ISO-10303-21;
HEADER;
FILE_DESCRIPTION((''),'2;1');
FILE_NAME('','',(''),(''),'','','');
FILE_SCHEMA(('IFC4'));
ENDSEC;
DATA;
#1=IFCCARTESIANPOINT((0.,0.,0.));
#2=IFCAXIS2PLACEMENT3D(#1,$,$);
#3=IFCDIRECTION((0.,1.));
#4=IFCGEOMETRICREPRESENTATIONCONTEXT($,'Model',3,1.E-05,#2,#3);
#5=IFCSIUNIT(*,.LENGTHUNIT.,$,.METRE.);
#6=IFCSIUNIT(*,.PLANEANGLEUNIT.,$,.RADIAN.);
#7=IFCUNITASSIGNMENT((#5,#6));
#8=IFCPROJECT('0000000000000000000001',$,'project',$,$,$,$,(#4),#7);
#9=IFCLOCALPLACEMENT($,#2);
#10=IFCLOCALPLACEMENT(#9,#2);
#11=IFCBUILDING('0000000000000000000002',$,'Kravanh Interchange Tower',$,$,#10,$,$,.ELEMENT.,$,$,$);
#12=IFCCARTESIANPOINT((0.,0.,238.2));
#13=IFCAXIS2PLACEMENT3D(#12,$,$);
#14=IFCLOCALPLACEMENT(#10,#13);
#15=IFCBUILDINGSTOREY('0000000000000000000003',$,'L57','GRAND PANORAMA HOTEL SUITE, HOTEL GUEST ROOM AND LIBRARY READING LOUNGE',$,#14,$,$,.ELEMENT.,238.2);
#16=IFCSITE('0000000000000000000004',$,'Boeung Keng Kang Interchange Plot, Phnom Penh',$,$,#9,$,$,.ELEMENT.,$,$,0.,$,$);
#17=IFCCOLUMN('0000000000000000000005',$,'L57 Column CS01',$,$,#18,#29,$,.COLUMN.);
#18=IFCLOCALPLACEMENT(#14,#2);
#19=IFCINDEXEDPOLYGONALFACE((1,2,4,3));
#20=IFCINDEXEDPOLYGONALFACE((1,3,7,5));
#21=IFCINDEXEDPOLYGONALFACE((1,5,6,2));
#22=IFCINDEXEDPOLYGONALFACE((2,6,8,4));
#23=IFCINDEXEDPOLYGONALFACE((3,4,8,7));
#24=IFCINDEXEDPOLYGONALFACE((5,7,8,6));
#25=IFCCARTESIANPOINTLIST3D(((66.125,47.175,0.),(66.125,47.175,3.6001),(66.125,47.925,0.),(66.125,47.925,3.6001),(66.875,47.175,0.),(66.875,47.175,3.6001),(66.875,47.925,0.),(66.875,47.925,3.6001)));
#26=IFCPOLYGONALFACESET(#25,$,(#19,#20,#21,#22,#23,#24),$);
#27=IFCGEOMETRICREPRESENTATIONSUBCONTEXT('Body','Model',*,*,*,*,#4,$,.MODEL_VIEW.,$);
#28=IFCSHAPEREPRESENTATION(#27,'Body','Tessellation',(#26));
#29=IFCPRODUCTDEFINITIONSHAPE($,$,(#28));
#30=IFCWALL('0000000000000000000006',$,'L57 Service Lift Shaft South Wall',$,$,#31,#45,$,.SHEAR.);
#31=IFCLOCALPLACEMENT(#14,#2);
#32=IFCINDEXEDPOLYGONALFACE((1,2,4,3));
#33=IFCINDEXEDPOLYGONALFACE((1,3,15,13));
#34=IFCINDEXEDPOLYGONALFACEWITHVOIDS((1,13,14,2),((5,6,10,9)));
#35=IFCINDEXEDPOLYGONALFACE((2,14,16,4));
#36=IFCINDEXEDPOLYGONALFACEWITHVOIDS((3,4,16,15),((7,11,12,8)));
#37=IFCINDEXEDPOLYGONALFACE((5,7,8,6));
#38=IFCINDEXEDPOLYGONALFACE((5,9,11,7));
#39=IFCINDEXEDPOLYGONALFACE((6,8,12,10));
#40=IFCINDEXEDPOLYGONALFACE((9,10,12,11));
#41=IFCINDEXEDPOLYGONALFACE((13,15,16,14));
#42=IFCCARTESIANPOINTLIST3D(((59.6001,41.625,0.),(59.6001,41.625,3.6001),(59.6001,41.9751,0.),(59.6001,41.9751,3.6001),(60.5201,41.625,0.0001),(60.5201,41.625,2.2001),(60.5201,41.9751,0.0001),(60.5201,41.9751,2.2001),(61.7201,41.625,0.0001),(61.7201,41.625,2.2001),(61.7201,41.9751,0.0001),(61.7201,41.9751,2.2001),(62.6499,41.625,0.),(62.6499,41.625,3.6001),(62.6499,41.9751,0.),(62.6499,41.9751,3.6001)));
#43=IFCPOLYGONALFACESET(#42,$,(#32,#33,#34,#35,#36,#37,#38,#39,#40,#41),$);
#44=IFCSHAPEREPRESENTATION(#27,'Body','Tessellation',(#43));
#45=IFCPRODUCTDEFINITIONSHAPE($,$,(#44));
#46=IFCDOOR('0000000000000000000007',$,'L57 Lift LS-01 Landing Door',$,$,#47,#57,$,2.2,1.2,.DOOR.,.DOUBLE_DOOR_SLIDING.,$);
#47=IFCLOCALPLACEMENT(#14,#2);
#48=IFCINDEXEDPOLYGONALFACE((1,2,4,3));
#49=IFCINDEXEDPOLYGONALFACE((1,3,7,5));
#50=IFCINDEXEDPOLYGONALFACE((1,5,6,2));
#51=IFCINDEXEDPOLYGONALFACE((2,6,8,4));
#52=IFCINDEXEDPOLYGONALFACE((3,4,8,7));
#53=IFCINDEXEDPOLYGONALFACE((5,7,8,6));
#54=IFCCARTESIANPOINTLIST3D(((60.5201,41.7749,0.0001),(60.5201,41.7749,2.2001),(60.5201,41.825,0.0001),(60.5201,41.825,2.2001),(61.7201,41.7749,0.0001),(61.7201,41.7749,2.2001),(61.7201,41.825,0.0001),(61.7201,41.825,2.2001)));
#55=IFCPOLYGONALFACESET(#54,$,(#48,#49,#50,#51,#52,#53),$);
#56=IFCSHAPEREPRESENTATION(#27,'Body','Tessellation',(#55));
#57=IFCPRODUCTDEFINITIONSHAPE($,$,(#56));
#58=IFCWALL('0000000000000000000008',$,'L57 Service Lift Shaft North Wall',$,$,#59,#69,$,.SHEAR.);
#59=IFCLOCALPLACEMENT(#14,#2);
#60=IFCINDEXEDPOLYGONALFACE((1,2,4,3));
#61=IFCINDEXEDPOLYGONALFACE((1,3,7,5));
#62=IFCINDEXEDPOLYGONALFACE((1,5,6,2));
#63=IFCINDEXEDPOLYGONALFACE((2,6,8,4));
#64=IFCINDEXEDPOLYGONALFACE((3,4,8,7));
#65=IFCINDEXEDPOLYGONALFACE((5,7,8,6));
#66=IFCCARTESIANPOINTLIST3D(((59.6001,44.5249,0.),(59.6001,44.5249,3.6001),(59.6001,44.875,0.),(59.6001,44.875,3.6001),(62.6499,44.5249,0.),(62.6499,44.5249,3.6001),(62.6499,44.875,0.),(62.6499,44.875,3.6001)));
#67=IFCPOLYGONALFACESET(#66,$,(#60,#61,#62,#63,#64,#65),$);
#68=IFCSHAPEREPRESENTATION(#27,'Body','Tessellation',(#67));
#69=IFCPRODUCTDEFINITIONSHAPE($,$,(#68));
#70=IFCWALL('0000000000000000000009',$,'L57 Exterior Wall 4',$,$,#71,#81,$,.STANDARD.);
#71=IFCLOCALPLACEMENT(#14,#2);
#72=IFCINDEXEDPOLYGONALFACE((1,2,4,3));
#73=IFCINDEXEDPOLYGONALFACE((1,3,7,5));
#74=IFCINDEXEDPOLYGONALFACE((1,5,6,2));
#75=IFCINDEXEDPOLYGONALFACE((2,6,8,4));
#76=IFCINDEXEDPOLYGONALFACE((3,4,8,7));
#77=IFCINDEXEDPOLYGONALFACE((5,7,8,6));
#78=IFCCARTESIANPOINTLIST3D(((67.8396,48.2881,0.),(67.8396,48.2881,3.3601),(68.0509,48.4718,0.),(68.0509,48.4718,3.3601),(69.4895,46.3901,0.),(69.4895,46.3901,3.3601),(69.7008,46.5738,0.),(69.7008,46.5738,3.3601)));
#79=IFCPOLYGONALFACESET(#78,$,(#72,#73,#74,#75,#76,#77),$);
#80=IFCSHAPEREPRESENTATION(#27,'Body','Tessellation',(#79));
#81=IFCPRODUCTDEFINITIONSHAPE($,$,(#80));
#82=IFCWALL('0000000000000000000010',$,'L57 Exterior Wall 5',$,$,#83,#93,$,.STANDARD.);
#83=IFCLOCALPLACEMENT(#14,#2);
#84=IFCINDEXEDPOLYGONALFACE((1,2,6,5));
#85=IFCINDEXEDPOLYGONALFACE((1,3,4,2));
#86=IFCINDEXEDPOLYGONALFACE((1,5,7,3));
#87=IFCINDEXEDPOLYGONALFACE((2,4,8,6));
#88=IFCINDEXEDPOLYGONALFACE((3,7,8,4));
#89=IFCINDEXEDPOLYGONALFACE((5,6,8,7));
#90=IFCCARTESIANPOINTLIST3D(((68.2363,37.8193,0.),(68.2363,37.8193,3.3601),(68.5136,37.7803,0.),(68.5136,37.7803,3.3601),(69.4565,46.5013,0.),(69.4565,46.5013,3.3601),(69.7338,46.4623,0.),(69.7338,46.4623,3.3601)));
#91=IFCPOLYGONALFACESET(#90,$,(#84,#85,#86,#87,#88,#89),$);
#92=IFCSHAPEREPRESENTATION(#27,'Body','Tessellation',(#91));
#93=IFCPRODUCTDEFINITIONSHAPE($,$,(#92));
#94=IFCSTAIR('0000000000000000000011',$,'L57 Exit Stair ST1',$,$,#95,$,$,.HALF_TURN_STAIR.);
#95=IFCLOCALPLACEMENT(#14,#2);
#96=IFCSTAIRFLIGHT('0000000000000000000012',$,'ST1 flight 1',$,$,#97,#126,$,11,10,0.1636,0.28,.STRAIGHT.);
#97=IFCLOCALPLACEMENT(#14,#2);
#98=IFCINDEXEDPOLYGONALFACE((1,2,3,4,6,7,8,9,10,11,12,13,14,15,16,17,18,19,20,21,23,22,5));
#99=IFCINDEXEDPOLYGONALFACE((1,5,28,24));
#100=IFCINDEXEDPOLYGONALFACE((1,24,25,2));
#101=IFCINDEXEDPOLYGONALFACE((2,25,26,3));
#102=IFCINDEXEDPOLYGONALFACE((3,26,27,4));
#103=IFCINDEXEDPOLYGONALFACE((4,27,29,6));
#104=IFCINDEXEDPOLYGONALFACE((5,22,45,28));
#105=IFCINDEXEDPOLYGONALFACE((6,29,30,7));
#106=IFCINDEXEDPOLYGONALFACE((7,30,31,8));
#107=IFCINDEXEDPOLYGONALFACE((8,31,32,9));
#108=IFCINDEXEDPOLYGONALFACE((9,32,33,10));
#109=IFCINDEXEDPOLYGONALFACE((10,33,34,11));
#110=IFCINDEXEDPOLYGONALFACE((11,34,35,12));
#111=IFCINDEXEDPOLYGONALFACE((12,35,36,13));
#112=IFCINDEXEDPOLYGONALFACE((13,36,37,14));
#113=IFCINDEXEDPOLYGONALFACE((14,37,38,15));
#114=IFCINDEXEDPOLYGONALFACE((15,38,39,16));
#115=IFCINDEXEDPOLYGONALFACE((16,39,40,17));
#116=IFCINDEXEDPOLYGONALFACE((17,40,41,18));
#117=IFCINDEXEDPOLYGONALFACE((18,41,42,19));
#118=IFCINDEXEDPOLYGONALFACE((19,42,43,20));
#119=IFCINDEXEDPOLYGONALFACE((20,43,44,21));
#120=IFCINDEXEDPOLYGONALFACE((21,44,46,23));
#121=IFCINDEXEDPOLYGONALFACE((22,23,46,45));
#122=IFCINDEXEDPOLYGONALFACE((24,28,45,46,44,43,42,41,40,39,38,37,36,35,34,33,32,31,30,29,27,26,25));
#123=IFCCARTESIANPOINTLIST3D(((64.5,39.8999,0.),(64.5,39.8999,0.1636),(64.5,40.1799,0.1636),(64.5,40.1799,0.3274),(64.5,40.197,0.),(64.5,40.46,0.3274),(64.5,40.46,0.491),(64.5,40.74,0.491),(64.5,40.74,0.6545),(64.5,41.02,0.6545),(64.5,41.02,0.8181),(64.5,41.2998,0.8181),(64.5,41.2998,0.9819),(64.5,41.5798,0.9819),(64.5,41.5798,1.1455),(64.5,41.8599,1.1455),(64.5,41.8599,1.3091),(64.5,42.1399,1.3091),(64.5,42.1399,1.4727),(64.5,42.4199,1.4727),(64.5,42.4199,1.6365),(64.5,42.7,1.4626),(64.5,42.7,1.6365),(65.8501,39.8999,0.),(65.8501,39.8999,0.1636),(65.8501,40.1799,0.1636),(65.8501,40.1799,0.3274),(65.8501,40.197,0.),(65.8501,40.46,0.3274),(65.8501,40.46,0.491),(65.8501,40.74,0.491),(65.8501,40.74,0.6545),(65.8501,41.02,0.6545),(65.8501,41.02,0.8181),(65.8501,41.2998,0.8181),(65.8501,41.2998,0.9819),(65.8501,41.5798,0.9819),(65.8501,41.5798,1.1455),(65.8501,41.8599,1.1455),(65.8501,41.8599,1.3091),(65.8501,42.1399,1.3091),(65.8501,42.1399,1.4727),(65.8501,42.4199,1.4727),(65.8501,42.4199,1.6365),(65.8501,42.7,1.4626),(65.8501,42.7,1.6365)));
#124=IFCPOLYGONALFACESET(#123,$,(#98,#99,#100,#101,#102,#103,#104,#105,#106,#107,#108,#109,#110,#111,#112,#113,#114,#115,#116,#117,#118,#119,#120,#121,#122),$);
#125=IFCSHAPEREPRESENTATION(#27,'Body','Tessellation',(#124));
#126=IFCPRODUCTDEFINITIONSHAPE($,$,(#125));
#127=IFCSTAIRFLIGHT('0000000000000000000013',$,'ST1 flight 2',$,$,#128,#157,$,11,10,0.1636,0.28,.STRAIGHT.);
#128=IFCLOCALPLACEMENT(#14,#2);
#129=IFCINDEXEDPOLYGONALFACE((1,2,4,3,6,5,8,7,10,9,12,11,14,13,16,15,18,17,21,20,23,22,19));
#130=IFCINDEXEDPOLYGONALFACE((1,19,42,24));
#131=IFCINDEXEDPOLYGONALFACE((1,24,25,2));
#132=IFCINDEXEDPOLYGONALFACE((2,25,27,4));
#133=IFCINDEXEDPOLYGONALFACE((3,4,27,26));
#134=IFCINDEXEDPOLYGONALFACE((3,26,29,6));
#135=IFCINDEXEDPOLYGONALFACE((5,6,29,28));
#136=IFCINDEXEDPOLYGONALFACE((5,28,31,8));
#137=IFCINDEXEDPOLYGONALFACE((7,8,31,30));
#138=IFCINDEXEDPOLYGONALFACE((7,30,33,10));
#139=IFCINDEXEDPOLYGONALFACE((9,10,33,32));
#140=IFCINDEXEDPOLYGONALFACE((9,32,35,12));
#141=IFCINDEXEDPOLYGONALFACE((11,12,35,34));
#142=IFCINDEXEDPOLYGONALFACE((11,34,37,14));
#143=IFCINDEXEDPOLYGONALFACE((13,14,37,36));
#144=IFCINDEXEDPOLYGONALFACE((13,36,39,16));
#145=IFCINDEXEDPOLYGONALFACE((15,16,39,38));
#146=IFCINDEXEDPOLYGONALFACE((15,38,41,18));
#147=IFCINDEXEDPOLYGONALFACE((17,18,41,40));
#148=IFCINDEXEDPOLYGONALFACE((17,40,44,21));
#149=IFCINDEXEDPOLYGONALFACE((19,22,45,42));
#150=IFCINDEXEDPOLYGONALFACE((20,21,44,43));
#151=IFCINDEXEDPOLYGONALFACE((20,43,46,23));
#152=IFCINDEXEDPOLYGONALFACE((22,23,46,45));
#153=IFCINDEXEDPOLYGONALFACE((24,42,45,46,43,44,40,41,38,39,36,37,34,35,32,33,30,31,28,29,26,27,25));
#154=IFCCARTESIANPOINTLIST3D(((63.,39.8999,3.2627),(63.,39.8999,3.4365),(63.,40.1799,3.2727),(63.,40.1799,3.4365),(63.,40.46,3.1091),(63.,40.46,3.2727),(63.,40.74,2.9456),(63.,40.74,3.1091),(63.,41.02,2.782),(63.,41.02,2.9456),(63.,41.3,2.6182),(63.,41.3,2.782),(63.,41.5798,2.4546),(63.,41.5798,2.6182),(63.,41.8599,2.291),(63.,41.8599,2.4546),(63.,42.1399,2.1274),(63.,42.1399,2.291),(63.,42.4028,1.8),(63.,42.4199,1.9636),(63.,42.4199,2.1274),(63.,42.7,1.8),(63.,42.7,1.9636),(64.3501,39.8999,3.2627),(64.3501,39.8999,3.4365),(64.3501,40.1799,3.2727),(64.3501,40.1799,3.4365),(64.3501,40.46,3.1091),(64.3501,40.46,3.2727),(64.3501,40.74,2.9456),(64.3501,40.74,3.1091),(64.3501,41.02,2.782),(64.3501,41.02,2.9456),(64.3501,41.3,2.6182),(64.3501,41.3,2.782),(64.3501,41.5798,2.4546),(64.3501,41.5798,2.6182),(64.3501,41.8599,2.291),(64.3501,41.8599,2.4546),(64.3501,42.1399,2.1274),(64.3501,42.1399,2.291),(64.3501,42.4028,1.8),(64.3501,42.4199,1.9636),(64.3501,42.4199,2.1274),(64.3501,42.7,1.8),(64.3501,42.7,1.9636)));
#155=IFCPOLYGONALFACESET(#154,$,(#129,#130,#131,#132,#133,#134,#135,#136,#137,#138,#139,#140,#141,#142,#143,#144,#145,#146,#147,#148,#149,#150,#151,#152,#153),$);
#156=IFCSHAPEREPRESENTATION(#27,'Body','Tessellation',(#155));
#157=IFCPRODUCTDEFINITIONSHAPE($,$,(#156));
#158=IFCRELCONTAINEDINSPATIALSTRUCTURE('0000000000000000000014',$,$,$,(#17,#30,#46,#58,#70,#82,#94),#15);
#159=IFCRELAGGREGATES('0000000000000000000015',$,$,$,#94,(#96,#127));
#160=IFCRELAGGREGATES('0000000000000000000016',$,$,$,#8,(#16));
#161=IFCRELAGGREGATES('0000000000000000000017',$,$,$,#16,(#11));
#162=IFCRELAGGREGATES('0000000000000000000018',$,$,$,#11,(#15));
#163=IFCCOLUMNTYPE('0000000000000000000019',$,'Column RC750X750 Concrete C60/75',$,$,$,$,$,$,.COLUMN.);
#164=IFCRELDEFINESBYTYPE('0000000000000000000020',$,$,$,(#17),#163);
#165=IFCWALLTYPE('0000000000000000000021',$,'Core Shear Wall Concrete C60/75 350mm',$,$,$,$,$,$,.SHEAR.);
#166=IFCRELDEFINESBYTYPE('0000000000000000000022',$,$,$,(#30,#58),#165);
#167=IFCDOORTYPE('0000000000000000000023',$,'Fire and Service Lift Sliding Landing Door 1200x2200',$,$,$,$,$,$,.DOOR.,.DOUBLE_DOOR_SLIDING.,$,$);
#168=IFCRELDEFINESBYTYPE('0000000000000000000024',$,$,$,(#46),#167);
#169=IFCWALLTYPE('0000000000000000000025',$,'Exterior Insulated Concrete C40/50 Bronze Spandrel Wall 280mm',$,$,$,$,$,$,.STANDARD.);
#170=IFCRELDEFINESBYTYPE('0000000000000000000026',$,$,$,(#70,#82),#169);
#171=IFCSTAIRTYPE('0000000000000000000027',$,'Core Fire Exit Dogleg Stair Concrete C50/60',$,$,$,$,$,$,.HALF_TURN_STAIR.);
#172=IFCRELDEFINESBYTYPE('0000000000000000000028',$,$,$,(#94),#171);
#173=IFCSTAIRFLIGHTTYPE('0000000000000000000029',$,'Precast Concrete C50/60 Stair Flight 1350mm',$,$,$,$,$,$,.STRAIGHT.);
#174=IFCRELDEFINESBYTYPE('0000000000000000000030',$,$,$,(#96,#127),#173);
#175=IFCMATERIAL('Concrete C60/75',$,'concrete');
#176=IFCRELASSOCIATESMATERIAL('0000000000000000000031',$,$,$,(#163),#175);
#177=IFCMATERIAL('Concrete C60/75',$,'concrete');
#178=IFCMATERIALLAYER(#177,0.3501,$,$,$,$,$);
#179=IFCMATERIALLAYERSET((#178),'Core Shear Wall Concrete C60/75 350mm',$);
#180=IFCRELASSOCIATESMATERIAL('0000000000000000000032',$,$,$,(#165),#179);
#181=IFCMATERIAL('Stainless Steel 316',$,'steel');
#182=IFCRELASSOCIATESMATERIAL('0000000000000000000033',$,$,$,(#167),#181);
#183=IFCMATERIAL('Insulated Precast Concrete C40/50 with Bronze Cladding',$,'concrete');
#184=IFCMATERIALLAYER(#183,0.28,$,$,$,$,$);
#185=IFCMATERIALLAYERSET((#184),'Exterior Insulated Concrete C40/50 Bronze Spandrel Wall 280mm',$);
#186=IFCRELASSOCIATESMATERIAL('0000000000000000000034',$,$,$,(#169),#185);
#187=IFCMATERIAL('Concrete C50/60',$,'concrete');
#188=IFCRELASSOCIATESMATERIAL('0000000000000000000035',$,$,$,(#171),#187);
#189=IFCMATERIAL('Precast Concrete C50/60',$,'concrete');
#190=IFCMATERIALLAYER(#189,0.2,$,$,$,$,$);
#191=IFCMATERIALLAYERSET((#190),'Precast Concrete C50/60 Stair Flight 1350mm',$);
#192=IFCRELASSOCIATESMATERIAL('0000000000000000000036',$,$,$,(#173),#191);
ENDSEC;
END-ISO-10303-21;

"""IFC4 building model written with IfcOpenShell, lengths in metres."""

from ifc_helpers import new_model, si_unit, direction, frame, frame_2d, origin, origin_2d, place, context, subcontext, project, spatial, polyline, rectangle, outline, extrude, material, layer, layer_set, material_profile, profile_set, type_object, element, fill, aggregate, save


model = new_model("IFC4")

# Units and contexts
model_context = context("Model", 3, precision=1e-05, world=origin(), true_north=direction((0.0, 1.0)))
body_context = subcontext(model_context, "Body", "Model", "MODEL_VIEW")
ifc_project = project(units=[si_unit("LENGTHUNIT", "METRE"), si_unit("PLANEANGLEUNIT", "RADIAN")], contexts=[model_context])

# Site, building, storey
site_placement = place(None, origin())
site = spatial("IfcSite", under=ifc_project, at=site_placement, Name="Boeung Keng Kang Interchange Plot, Phnom Penh", CompositionType="ELEMENT", RefElevation=0.0)
building_placement = place(site_placement, origin())
building = spatial("IfcBuilding", under=site, at=building_placement, Name="Kravanh Interchange Tower", CompositionType="ELEMENT")
storey_placement = place(building_placement, frame((0.0, 0.0, 238.2)))
storey = spatial("IfcBuildingStorey", under=building, at=storey_placement, Name="L57", Description="GRAND PANORAMA HOTEL SUITE, HOTEL GUEST ROOM AND LIBRARY READING LOUNGE", CompositionType="ELEMENT", Elevation=238.2)

# Column
ifc_material_1 = material(Name="Concrete C60/75", Category="concrete")
ifc_material_profile = material_profile(ifc_material_1, rectangle(XDim=0.75, YDim=0.75, at=origin_2d()), Name="RC750X750")
ifc_profile_set = profile_set([ifc_material_profile], Name="Concrete C60/75")
column_type = type_object("IfcColumnType", Name="Column RC750X750 Concrete C60/75", PredefinedType="COLUMN", material=ifc_profile_set)
column_placement = place(storey_placement, frame((66.5, 47.55, 0.0), z_axis=(0.0, 0.0, 1.0), x_axis=(1.0, 0.0, 0.0)))
element("IfcColumn", 1, at=column_placement, inside=storey, type_object=column_type, Name="L57 Column CS01", PredefinedType="COLUMN", context=body_context, shape_type="SweptSolid", body=[
    extrude(rectangle(XDim=0.75, YDim=0.75, at=origin_2d()), origin(), (0.0, 0.0, 1.0), 3.6001),
])

# Wall, opening, door
ifc_material_2 = material(Name="Concrete C60/75", Category="concrete")
ifc_layer_1 = layer(ifc_material_2, 0.3501)
ifc_layer_set_1 = layer_set([ifc_layer_1], Name="Core Shear Wall Concrete C60/75 350mm")
wall_type_1 = type_object("IfcWallType", Name="Core Shear Wall Concrete C60/75 350mm", PredefinedType="SHEAR", material=ifc_layer_set_1)
wall_1_placement = place(storey_placement, frame((59.6001, 41.8, 0.0), z_axis=(0.0, 0.0, 1.0), x_axis=(1.0, 0.0, 0.0)))
wall_1 = element("IfcWall", 2, at=wall_1_placement, inside=storey, type_object=wall_type_1, Name="L57 Service Lift Shaft South Wall", PredefinedType="SHEAR", context=body_context, shape_type="SweptSolid", body=[
    extrude(rectangle(XDim=3.0498, YDim=0.3501, at=frame_2d((1.5249, 0.0))), origin(), (0.0, 0.0, 1.0), 3.6001),
])
opening_placement = place(wall_1_placement, frame((0.9199, 0.0, 0.0)))
opening = element("IfcOpeningElement", 3, at=opening_placement, cuts=wall_1, PredefinedType="OPENING", context=body_context, shape_type="SweptSolid", body=[
    extrude(rectangle(XDim=1.2, YDim=2.2, at=frame_2d((0.6001, 1.1001))), frame((0.0, 0.1851, 0.0), z_axis=(0.0, -1.0, 0.0), x_axis=(1.0, 0.0, 0.0)), (0.0, 0.0, 1.0), 0.3701),
])
ifc_material_3 = material(Name="Stainless Steel 316", Category="steel")
door_type = type_object("IfcDoorType", Name="Fire and Service Lift Sliding Landing Door 1200x2200", OperationType="DOUBLE_DOOR_SLIDING", PredefinedType="DOOR", material=ifc_material_3)
door_placement = place(opening_placement, origin())
door = element("IfcDoor", 4, at=door_placement, inside=storey, type_object=door_type, Name="L57 Lift LS-01 Landing Door", OperationType="DOUBLE_DOOR_SLIDING", OverallHeight=2.2, OverallWidth=1.2, PredefinedType="DOOR", context=body_context, shape_type="SweptSolid", body=[
    extrude(rectangle(XDim=1.2, YDim=2.2, at=frame_2d((0.6001, 1.1001))), frame((0.0, 0.0249, 0.0), z_axis=(0.0, -1.0, 0.0), x_axis=(1.0, 0.0, 0.0)), (0.0, 0.0, 1.0), 0.05),
])
fill(opening, door)

# Walls
wall_2_placement = place(storey_placement, frame((59.6001, 44.7, 0.0), z_axis=(0.0, 0.0, 1.0), x_axis=(1.0, 0.0, 0.0)))
element("IfcWall", 5, at=wall_2_placement, inside=storey, type_object=wall_type_1, Name="L57 Service Lift Shaft North Wall", PredefinedType="SHEAR", context=body_context, shape_type="SweptSolid", body=[
    extrude(rectangle(XDim=3.0498, YDim=0.3501, at=frame_2d((1.5249, 0.0))), origin(), (0.0, 0.0, 1.0), 3.6001),
])
ifc_material_4 = material(Name="Insulated Precast Concrete C40/50 with Bronze Cladding", Category="concrete")
ifc_layer_2 = layer(ifc_material_4, 0.28)
ifc_layer_set_2 = layer_set([ifc_layer_2], Name="Exterior Insulated Concrete C40/50 Bronze Spandrel Wall 280mm")
wall_type_2 = type_object("IfcWallType", Name="Exterior Insulated Concrete C40/50 Bronze Spandrel Wall 280mm", PredefinedType="STANDARD", material=ifc_layer_set_2)
wall_3_placement = place(storey_placement, frame((67.9453, 48.3799, 0.0), z_axis=(0.0, 0.0, 1.0), x_axis=(0.656068, -0.754702, 0.0)))
element("IfcWall", 6, at=wall_3_placement, inside=storey, type_object=wall_type_2, Name="L57 Exterior Wall 4", PredefinedType="STANDARD", context=body_context, shape_type="SweptSolid", body=[
    extrude(rectangle(XDim=2.5149, YDim=0.28, at=frame_2d((1.2573, 0.0))), origin(), (0.0, 0.0, 1.0), 3.3601),
])
wall_4_placement = place(storey_placement, frame((69.5952, 46.4819, 0.0), z_axis=(0.0, 0.0, 1.0), x_axis=(-0.139179, -0.990267, 0.0)))
element("IfcWall", 7, at=wall_4_placement, inside=storey, type_object=wall_type_2, Name="L57 Exterior Wall 5", PredefinedType="STANDARD", context=body_context, shape_type="SweptSolid", body=[
    extrude(rectangle(XDim=8.7673, YDim=0.28, at=frame_2d((4.3838, 0.0))), origin(), (0.0, 0.0, 1.0), 3.3601),
])

# Stair, stair flights
ifc_material_5 = material(Name="Concrete C50/60", Category="concrete")
stair_type = type_object("IfcStairType", Name="Core Fire Exit Dogleg Stair Concrete C50/60", PredefinedType="HALF_TURN_STAIR", material=ifc_material_5)
stair_1_placement = place(storey_placement, origin())
stair_1 = element("IfcStair", 8, at=stair_1_placement, inside=storey, type_object=stair_type, Name="L57 Exit Stair ST1", PredefinedType="HALF_TURN_STAIR")
ifc_material_6 = material(Name="Precast Concrete C50/60", Category="concrete")
ifc_layer_3 = layer(ifc_material_6, 0.2)
ifc_layer_set_3 = layer_set([ifc_layer_3], Name="Precast Concrete C50/60 Stair Flight 1350mm")
stair_flight_type = type_object("IfcStairFlightType", Name="Precast Concrete C50/60 Stair Flight 1350mm", PredefinedType="STRAIGHT", material=ifc_layer_set_3)
stair_flight_1_placement = place(storey_placement, frame((65.175, 39.8999, 0.0), z_axis=(0.0, 0.0, 1.0), x_axis=(0.0, 1.0, 0.0)))
stair_flight_1 = element("IfcStairFlight", 9, at=stair_flight_1_placement, type_object=stair_flight_type, Name="ST1 flight 1", NumberOfRisers=11, NumberOfTreads=10, PredefinedType="STRAIGHT", RiserHeight=0.1636, TreadLength=0.28, context=body_context, shape_type="SweptSolid", body=[
    extrude(outline(polyline([(0.0, 0.0), (0.0, 0.1636), (0.28, 0.1636), (0.28, 0.3274), (0.5601, 0.3274), (0.5601, 0.491), (0.8401, 0.491), (0.8401, 0.6545), (1.1201, 0.6545), (1.1201, 0.8181), (1.3999, 0.8181), (1.3999, 0.9819), (1.6799, 0.9819), (1.6799, 1.1455), (1.96, 1.1455), (1.96, 1.3091), (2.24, 1.3091), (2.24, 1.4727), (2.52, 1.4727), (2.52, 1.6365), (2.8, 1.6365), (2.8, 1.8), (2.8, 1.4626), (0.2971, 0.0), (0.0, 0.0)])), frame((0.0, 0.675, 0.0), z_axis=(0.0, -1.0, 0.0), x_axis=(1.0, 0.0, 0.0)), (0.0, 0.0, 1.0), 1.3501),
])
stair_flight_2_placement = place(storey_placement, frame((63.675, 42.7, 1.8), z_axis=(0.0, 0.0, 1.0), x_axis=(0.0, -1.0, 0.0)))
stair_flight_2 = element("IfcStairFlight", 10, at=stair_flight_2_placement, type_object=stair_flight_type, Name="ST1 flight 2", NumberOfRisers=11, NumberOfTreads=10, PredefinedType="STRAIGHT", RiserHeight=0.1636, TreadLength=0.28, context=body_context, shape_type="SweptSolid", body=[
    extrude(outline(polyline([(0.0, 0.0), (0.0, 0.1636), (0.28, 0.1636), (0.28, 0.3274), (0.5601, 0.3274), (0.5601, 0.491), (0.8401, 0.491), (0.8401, 0.6545), (1.1201, 0.6545), (1.1201, 0.8181), (1.3999, 0.8181), (1.3999, 0.9819), (1.6799, 0.9819), (1.6799, 1.1455), (1.96, 1.1455), (1.96, 1.3091), (2.24, 1.3091), (2.24, 1.4727), (2.52, 1.4727), (2.52, 1.6365), (2.8, 1.6365), (2.8, 1.8), (2.8, 1.4626), (0.2971, 0.0), (0.0, 0.0)])), frame((0.0, 0.675, 0.0), z_axis=(0.0, -1.0, 0.0), x_axis=(1.0, 0.0, 0.0)), (0.0, 0.0, 1.0), 1.3501),
])
aggregate(stair_1, [stair_flight_1, stair_flight_2])

save(model, "model.ifc")
